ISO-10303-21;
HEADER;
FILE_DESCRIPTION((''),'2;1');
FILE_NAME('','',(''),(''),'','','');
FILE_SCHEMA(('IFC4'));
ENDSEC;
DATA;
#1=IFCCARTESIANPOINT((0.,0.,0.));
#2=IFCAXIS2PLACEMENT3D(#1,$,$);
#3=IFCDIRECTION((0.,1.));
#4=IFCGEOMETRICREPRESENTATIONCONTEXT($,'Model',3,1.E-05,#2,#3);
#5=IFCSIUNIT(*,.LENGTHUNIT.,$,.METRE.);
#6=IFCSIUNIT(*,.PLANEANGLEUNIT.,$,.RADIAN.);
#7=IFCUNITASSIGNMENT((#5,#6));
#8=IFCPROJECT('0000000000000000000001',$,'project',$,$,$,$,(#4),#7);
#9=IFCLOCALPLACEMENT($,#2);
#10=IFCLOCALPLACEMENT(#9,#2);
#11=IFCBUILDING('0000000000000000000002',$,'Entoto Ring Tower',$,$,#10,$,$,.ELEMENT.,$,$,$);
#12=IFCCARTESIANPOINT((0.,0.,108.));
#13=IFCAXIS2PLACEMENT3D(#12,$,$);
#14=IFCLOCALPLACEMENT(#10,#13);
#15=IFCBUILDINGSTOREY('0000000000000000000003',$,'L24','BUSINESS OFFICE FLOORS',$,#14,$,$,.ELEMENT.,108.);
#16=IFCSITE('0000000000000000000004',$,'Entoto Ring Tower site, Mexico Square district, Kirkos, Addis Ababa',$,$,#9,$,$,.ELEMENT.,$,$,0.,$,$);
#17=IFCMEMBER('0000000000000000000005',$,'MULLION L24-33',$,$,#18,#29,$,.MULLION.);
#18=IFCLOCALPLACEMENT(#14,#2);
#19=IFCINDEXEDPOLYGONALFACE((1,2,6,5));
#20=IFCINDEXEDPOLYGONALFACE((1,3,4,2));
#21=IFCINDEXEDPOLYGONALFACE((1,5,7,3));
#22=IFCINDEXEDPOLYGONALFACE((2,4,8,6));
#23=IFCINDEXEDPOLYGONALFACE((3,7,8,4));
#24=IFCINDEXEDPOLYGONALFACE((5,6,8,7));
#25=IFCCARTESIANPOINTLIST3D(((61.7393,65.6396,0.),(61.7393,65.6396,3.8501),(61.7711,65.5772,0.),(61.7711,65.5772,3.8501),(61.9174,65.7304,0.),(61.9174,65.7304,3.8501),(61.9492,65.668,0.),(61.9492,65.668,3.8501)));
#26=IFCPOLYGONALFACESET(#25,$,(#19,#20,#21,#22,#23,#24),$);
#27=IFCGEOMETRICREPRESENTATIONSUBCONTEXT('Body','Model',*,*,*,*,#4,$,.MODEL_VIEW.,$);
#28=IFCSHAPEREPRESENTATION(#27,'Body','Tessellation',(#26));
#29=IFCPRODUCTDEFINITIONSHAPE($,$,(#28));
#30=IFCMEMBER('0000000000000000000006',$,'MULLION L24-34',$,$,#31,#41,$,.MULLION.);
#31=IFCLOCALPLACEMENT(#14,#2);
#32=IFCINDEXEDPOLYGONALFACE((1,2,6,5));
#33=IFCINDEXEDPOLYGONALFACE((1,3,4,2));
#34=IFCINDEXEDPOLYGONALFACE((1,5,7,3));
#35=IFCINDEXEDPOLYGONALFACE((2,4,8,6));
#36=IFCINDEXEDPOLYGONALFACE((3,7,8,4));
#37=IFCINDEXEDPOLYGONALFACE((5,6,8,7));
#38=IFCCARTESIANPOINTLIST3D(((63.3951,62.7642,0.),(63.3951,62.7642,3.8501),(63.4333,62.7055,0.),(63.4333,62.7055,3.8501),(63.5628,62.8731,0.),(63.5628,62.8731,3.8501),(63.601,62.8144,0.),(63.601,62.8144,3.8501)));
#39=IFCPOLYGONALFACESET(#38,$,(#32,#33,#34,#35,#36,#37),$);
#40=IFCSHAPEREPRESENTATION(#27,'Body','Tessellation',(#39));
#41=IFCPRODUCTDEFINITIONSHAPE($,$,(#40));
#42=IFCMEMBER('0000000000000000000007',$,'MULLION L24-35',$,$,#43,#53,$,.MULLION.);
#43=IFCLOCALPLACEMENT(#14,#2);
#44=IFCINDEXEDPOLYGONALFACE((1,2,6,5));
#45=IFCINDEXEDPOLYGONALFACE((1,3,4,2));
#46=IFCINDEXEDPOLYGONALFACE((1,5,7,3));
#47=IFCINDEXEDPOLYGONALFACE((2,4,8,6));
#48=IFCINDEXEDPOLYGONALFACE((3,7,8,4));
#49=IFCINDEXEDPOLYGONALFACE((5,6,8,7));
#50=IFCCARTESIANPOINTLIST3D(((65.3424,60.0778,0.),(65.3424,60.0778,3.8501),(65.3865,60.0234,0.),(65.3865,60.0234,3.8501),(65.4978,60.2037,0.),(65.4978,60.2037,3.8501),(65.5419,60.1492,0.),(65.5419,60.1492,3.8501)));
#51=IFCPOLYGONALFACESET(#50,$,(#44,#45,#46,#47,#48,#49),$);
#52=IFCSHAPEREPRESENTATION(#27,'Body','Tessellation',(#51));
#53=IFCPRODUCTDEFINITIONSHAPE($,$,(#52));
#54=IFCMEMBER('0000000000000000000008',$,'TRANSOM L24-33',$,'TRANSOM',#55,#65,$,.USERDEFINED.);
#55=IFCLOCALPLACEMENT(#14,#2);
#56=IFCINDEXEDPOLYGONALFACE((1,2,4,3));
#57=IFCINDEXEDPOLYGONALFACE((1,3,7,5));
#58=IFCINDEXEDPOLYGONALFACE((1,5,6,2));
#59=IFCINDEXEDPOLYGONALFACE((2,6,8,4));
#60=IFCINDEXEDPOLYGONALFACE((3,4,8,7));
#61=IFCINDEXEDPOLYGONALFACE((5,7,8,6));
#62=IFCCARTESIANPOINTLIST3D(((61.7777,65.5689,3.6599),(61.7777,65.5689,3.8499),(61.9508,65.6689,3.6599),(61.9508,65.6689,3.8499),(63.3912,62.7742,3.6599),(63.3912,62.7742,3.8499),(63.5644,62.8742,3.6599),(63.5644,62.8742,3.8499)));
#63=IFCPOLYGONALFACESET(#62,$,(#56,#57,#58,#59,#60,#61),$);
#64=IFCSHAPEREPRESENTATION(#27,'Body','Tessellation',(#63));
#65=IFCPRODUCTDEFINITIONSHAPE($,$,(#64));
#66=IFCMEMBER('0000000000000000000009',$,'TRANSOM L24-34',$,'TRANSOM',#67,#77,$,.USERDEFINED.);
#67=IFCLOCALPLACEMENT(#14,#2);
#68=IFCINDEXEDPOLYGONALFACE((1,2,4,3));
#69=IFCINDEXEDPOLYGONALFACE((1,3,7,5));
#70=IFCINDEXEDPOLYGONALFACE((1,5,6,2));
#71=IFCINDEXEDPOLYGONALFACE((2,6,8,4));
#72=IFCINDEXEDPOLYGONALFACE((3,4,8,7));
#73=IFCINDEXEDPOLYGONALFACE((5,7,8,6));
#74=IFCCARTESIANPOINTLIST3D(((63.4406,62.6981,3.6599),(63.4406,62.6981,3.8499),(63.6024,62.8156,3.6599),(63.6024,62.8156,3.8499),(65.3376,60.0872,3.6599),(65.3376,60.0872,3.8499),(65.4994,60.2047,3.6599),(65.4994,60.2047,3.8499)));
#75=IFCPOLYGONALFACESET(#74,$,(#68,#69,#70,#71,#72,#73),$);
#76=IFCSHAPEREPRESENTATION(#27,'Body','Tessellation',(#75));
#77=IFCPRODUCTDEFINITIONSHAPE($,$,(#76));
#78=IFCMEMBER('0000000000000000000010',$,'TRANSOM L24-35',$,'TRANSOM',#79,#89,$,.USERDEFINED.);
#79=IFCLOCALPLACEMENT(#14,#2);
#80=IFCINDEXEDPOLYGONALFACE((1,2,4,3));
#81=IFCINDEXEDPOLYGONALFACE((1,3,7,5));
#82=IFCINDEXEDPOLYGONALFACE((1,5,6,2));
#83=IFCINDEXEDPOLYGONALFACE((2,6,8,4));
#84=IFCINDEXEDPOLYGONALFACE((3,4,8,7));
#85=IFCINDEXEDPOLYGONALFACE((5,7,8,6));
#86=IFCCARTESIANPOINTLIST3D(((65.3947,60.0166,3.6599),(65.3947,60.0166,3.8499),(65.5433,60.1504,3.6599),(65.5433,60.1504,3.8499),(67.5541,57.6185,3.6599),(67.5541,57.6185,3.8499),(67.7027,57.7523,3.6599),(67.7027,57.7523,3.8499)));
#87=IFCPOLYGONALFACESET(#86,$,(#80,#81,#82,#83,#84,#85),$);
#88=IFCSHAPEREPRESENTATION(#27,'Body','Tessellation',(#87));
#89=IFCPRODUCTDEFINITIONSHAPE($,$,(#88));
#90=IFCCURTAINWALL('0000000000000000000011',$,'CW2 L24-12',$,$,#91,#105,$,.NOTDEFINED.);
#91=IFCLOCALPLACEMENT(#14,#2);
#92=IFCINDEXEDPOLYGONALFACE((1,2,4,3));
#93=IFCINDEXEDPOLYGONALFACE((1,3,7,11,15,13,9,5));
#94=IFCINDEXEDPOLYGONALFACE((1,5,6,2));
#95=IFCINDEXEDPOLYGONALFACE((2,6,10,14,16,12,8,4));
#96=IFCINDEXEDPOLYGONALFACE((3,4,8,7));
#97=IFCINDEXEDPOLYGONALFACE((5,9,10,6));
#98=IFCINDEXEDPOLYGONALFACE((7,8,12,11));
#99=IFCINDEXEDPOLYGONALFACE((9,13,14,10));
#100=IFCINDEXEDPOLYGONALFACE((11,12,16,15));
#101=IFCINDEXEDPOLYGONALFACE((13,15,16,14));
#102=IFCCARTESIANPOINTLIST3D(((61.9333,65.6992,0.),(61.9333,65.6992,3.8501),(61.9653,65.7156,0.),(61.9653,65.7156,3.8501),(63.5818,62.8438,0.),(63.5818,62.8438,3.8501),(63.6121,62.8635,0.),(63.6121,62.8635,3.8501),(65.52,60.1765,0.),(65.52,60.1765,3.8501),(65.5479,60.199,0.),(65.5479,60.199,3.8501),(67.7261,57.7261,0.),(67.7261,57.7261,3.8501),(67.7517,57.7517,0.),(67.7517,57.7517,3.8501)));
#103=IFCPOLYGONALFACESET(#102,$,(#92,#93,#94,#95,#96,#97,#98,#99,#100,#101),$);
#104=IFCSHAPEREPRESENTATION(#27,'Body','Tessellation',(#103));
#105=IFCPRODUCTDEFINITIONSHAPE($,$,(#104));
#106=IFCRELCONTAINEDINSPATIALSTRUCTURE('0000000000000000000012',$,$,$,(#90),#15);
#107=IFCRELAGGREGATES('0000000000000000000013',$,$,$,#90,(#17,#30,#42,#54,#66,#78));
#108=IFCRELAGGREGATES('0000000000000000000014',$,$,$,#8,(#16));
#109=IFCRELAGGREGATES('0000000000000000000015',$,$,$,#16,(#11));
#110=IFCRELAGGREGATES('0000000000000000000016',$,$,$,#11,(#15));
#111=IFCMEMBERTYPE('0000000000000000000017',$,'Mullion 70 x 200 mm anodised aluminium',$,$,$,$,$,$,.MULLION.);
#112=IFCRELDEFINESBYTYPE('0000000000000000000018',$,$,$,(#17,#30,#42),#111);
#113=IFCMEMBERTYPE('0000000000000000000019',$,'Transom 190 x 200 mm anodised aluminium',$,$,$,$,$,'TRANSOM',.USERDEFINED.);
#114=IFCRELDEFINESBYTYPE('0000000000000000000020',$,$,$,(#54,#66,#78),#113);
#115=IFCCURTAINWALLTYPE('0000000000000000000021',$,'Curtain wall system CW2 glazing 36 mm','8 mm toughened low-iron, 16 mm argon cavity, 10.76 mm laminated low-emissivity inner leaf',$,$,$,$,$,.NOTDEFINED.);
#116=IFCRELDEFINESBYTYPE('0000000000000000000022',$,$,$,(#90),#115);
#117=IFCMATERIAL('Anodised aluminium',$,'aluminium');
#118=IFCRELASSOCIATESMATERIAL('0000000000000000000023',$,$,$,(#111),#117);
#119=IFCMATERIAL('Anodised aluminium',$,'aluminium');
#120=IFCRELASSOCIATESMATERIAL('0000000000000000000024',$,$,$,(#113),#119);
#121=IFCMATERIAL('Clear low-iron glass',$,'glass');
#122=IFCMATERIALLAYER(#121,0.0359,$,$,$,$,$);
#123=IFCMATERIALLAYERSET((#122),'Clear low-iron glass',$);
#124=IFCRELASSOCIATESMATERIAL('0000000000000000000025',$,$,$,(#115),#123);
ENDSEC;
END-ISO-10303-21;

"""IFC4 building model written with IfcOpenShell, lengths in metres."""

from ifc_helpers import new_model, si_unit, direction, frame, origin, origin_2d, place, context, subcontext, project, spatial, polyline, rectangle, outline, extrude, material, layer, layer_set, material_profile, profile_set, type_object, element, aggregate, save


model = new_model("IFC4")

# Units and contexts
model_context = context("Model", 3, precision=1e-05, world=origin(), true_north=direction((0.0, 1.0)))
body_context = subcontext(model_context, "Body", "Model", "MODEL_VIEW")
ifc_project = project(units=[si_unit("LENGTHUNIT", "METRE"), si_unit("PLANEANGLEUNIT", "RADIAN")], contexts=[model_context])

# Members
ifc_material_1 = material(Name="Anodised aluminium", Category="aluminium")
ifc_material_profile_1 = material_profile(ifc_material_1, rectangle(XDim=0.0701, YDim=0.2, at=origin_2d()), Name="Mullion 70 x 200 mm anodised aluminium")
ifc_profile_set_1 = profile_set([ifc_material_profile_1], Name="Anodised aluminium")
member_type_1 = type_object("IfcMemberType", Name="Mullion 70 x 200 mm anodised aluminium", PredefinedType="MULLION", material=ifc_profile_set_1)
site_placement = place(None, origin())
building_placement = place(site_placement, origin())
storey_placement = place(building_placement, frame((0.0, 0.0, 108.0)))
member_1_placement = place(storey_placement, frame((61.8442, 65.6538, 0.0), z_axis=(0.0, 0.0, 1.0), x_axis=(0.45399, -0.891007, 0.0)))
member_1 = element("IfcMember", 1, at=member_1_placement, type_object=member_type_1, Name="MULLION L24-33", PredefinedType="MULLION", context=body_context, shape_type="SweptSolid", body=[
    extrude(rectangle(XDim=0.0701, YDim=0.2, at=origin_2d()), origin(), (0.0, 0.0, 1.0), 3.8501),
])
member_2_placement = place(storey_placement, frame((63.498, 62.7893, 0.0), z_axis=(0.0, 0.0, 1.0), x_axis=(0.544639, -0.838671, 0.0)))
member_2 = element("IfcMember", 2, at=member_2_placement, type_object=member_type_1, Name="MULLION L24-34", PredefinedType="MULLION", context=body_context, shape_type="SweptSolid", body=[
    extrude(rectangle(XDim=0.0701, YDim=0.2, at=origin_2d()), origin(), (0.0, 0.0, 1.0), 3.8501),
])
member_3_placement = place(storey_placement, frame((65.4421, 60.1135, 0.0), z_axis=(0.0, 0.0, 1.0), x_axis=(0.62932, -0.777146, 0.0)))
member_3 = element("IfcMember", 3, at=member_3_placement, type_object=member_type_1, Name="MULLION L24-35", PredefinedType="MULLION", context=body_context, shape_type="SweptSolid", body=[
    extrude(rectangle(XDim=0.0701, YDim=0.2, at=origin_2d()), origin(), (0.0, 0.0, 1.0), 3.8501),
])
ifc_material_2 = material(Name="Anodised aluminium", Category="aluminium")
ifc_material_profile_2 = material_profile(ifc_material_2, rectangle(XDim=0.2, YDim=0.1899, at=origin_2d()), Name="Transom 190 x 200 mm anodised aluminium")
ifc_profile_set_2 = profile_set([ifc_material_profile_2], Name="Anodised aluminium")
member_type_2 = type_object("IfcMemberType", Name="Transom 190 x 200 mm anodised aluminium", ElementType="TRANSOM", PredefinedType="USERDEFINED", material=ifc_profile_set_2)
member_4_placement = place(storey_placement, frame((61.8643, 65.6189, 3.7549), z_axis=(0.500004, -0.866023, 0.0), x_axis=(0.866023, 0.500004, 0.0)))
member_4 = element("IfcMember", 4, at=member_4_placement, type_object=member_type_2, Name="TRANSOM L24-33", ObjectType="TRANSOM", PredefinedType="USERDEFINED", context=body_context, shape_type="SweptSolid", body=[
    extrude(rectangle(XDim=0.2, YDim=0.1899, at=origin_2d()), origin(), (0.0, 0.0, 1.0), 3.2271),
])
member_5_placement = place(storey_placement, frame((63.5215, 62.7568, 3.7549), z_axis=(0.587803, -0.809004, 0.0), x_axis=(0.809004, 0.587803, 0.0)))
member_5 = element("IfcMember", 5, at=member_5_placement, type_object=member_type_2, Name="TRANSOM L24-34", ObjectType="TRANSOM", PredefinedType="USERDEFINED", context=body_context, shape_type="SweptSolid", body=[
    extrude(rectangle(XDim=0.2, YDim=0.1899, at=origin_2d()), origin(), (0.0, 0.0, 1.0), 3.2273),
])
member_6_placement = place(storey_placement, frame((65.469, 60.0835, 3.7549), z_axis=(0.669144, -0.743132, 0.0), x_axis=(0.743132, 0.669144, 0.0)))
member_6 = element("IfcMember", 6, at=member_6_placement, type_object=member_type_2, Name="TRANSOM L24-35", ObjectType="TRANSOM", PredefinedType="USERDEFINED", context=body_context, shape_type="SweptSolid", body=[
    extrude(rectangle(XDim=0.2, YDim=0.1899, at=origin_2d()), origin(), (0.0, 0.0, 1.0), 3.2271),
])

# Site, building, storey
site = spatial("IfcSite", under=ifc_project, at=site_placement, Name="Entoto Ring Tower site, Mexico Square district, Kirkos, Addis Ababa", CompositionType="ELEMENT", RefElevation=0.0)
building = spatial("IfcBuilding", under=site, at=building_placement, Name="Entoto Ring Tower", CompositionType="ELEMENT")
storey = spatial("IfcBuildingStorey", under=building, at=storey_placement, Name="L24", Description="BUSINESS OFFICE FLOORS", CompositionType="ELEMENT", Elevation=108.0)

# Curtain wall
ifc_material_3 = material(Name="Clear low-iron glass", Category="glass")
ifc_layer = layer(ifc_material_3, 0.0359)
ifc_layer_set = layer_set([ifc_layer], Name="Clear low-iron glass")
curtain_wall_type = type_object("IfcCurtainWallType", Name="Curtain wall system CW2 glazing 36 mm", Description="8 mm toughened low-iron, 16 mm argon cavity, 10.76 mm laminated low-emissivity inner leaf", PredefinedType="NOTDEFINED", material=ifc_layer_set)
curtain_wall_1_placement = place(storey_placement, origin())
curtain_wall_1 = element("IfcCurtainWall", 7, at=curtain_wall_1_placement, inside=storey, type_object=curtain_wall_type, Name="CW2 L24-12", PredefinedType="NOTDEFINED", context=body_context, shape_type="SweptSolid", body=[
    extrude(outline(polyline([(61.9333, 65.6992), (63.5818, 62.8438), (65.52, 60.1765), (67.7261, 57.7261), (67.7517, 57.7517), (65.5479, 60.199), (63.6121, 62.8635), (61.9653, 65.7156), (61.9333, 65.6992)])), origin(), (0.0, 0.0, 1.0), 3.8501),
])
aggregate(curtain_wall_1, [member_1, member_2, member_3, member_4, member_5, member_6])

save(model, "model.ifc")
